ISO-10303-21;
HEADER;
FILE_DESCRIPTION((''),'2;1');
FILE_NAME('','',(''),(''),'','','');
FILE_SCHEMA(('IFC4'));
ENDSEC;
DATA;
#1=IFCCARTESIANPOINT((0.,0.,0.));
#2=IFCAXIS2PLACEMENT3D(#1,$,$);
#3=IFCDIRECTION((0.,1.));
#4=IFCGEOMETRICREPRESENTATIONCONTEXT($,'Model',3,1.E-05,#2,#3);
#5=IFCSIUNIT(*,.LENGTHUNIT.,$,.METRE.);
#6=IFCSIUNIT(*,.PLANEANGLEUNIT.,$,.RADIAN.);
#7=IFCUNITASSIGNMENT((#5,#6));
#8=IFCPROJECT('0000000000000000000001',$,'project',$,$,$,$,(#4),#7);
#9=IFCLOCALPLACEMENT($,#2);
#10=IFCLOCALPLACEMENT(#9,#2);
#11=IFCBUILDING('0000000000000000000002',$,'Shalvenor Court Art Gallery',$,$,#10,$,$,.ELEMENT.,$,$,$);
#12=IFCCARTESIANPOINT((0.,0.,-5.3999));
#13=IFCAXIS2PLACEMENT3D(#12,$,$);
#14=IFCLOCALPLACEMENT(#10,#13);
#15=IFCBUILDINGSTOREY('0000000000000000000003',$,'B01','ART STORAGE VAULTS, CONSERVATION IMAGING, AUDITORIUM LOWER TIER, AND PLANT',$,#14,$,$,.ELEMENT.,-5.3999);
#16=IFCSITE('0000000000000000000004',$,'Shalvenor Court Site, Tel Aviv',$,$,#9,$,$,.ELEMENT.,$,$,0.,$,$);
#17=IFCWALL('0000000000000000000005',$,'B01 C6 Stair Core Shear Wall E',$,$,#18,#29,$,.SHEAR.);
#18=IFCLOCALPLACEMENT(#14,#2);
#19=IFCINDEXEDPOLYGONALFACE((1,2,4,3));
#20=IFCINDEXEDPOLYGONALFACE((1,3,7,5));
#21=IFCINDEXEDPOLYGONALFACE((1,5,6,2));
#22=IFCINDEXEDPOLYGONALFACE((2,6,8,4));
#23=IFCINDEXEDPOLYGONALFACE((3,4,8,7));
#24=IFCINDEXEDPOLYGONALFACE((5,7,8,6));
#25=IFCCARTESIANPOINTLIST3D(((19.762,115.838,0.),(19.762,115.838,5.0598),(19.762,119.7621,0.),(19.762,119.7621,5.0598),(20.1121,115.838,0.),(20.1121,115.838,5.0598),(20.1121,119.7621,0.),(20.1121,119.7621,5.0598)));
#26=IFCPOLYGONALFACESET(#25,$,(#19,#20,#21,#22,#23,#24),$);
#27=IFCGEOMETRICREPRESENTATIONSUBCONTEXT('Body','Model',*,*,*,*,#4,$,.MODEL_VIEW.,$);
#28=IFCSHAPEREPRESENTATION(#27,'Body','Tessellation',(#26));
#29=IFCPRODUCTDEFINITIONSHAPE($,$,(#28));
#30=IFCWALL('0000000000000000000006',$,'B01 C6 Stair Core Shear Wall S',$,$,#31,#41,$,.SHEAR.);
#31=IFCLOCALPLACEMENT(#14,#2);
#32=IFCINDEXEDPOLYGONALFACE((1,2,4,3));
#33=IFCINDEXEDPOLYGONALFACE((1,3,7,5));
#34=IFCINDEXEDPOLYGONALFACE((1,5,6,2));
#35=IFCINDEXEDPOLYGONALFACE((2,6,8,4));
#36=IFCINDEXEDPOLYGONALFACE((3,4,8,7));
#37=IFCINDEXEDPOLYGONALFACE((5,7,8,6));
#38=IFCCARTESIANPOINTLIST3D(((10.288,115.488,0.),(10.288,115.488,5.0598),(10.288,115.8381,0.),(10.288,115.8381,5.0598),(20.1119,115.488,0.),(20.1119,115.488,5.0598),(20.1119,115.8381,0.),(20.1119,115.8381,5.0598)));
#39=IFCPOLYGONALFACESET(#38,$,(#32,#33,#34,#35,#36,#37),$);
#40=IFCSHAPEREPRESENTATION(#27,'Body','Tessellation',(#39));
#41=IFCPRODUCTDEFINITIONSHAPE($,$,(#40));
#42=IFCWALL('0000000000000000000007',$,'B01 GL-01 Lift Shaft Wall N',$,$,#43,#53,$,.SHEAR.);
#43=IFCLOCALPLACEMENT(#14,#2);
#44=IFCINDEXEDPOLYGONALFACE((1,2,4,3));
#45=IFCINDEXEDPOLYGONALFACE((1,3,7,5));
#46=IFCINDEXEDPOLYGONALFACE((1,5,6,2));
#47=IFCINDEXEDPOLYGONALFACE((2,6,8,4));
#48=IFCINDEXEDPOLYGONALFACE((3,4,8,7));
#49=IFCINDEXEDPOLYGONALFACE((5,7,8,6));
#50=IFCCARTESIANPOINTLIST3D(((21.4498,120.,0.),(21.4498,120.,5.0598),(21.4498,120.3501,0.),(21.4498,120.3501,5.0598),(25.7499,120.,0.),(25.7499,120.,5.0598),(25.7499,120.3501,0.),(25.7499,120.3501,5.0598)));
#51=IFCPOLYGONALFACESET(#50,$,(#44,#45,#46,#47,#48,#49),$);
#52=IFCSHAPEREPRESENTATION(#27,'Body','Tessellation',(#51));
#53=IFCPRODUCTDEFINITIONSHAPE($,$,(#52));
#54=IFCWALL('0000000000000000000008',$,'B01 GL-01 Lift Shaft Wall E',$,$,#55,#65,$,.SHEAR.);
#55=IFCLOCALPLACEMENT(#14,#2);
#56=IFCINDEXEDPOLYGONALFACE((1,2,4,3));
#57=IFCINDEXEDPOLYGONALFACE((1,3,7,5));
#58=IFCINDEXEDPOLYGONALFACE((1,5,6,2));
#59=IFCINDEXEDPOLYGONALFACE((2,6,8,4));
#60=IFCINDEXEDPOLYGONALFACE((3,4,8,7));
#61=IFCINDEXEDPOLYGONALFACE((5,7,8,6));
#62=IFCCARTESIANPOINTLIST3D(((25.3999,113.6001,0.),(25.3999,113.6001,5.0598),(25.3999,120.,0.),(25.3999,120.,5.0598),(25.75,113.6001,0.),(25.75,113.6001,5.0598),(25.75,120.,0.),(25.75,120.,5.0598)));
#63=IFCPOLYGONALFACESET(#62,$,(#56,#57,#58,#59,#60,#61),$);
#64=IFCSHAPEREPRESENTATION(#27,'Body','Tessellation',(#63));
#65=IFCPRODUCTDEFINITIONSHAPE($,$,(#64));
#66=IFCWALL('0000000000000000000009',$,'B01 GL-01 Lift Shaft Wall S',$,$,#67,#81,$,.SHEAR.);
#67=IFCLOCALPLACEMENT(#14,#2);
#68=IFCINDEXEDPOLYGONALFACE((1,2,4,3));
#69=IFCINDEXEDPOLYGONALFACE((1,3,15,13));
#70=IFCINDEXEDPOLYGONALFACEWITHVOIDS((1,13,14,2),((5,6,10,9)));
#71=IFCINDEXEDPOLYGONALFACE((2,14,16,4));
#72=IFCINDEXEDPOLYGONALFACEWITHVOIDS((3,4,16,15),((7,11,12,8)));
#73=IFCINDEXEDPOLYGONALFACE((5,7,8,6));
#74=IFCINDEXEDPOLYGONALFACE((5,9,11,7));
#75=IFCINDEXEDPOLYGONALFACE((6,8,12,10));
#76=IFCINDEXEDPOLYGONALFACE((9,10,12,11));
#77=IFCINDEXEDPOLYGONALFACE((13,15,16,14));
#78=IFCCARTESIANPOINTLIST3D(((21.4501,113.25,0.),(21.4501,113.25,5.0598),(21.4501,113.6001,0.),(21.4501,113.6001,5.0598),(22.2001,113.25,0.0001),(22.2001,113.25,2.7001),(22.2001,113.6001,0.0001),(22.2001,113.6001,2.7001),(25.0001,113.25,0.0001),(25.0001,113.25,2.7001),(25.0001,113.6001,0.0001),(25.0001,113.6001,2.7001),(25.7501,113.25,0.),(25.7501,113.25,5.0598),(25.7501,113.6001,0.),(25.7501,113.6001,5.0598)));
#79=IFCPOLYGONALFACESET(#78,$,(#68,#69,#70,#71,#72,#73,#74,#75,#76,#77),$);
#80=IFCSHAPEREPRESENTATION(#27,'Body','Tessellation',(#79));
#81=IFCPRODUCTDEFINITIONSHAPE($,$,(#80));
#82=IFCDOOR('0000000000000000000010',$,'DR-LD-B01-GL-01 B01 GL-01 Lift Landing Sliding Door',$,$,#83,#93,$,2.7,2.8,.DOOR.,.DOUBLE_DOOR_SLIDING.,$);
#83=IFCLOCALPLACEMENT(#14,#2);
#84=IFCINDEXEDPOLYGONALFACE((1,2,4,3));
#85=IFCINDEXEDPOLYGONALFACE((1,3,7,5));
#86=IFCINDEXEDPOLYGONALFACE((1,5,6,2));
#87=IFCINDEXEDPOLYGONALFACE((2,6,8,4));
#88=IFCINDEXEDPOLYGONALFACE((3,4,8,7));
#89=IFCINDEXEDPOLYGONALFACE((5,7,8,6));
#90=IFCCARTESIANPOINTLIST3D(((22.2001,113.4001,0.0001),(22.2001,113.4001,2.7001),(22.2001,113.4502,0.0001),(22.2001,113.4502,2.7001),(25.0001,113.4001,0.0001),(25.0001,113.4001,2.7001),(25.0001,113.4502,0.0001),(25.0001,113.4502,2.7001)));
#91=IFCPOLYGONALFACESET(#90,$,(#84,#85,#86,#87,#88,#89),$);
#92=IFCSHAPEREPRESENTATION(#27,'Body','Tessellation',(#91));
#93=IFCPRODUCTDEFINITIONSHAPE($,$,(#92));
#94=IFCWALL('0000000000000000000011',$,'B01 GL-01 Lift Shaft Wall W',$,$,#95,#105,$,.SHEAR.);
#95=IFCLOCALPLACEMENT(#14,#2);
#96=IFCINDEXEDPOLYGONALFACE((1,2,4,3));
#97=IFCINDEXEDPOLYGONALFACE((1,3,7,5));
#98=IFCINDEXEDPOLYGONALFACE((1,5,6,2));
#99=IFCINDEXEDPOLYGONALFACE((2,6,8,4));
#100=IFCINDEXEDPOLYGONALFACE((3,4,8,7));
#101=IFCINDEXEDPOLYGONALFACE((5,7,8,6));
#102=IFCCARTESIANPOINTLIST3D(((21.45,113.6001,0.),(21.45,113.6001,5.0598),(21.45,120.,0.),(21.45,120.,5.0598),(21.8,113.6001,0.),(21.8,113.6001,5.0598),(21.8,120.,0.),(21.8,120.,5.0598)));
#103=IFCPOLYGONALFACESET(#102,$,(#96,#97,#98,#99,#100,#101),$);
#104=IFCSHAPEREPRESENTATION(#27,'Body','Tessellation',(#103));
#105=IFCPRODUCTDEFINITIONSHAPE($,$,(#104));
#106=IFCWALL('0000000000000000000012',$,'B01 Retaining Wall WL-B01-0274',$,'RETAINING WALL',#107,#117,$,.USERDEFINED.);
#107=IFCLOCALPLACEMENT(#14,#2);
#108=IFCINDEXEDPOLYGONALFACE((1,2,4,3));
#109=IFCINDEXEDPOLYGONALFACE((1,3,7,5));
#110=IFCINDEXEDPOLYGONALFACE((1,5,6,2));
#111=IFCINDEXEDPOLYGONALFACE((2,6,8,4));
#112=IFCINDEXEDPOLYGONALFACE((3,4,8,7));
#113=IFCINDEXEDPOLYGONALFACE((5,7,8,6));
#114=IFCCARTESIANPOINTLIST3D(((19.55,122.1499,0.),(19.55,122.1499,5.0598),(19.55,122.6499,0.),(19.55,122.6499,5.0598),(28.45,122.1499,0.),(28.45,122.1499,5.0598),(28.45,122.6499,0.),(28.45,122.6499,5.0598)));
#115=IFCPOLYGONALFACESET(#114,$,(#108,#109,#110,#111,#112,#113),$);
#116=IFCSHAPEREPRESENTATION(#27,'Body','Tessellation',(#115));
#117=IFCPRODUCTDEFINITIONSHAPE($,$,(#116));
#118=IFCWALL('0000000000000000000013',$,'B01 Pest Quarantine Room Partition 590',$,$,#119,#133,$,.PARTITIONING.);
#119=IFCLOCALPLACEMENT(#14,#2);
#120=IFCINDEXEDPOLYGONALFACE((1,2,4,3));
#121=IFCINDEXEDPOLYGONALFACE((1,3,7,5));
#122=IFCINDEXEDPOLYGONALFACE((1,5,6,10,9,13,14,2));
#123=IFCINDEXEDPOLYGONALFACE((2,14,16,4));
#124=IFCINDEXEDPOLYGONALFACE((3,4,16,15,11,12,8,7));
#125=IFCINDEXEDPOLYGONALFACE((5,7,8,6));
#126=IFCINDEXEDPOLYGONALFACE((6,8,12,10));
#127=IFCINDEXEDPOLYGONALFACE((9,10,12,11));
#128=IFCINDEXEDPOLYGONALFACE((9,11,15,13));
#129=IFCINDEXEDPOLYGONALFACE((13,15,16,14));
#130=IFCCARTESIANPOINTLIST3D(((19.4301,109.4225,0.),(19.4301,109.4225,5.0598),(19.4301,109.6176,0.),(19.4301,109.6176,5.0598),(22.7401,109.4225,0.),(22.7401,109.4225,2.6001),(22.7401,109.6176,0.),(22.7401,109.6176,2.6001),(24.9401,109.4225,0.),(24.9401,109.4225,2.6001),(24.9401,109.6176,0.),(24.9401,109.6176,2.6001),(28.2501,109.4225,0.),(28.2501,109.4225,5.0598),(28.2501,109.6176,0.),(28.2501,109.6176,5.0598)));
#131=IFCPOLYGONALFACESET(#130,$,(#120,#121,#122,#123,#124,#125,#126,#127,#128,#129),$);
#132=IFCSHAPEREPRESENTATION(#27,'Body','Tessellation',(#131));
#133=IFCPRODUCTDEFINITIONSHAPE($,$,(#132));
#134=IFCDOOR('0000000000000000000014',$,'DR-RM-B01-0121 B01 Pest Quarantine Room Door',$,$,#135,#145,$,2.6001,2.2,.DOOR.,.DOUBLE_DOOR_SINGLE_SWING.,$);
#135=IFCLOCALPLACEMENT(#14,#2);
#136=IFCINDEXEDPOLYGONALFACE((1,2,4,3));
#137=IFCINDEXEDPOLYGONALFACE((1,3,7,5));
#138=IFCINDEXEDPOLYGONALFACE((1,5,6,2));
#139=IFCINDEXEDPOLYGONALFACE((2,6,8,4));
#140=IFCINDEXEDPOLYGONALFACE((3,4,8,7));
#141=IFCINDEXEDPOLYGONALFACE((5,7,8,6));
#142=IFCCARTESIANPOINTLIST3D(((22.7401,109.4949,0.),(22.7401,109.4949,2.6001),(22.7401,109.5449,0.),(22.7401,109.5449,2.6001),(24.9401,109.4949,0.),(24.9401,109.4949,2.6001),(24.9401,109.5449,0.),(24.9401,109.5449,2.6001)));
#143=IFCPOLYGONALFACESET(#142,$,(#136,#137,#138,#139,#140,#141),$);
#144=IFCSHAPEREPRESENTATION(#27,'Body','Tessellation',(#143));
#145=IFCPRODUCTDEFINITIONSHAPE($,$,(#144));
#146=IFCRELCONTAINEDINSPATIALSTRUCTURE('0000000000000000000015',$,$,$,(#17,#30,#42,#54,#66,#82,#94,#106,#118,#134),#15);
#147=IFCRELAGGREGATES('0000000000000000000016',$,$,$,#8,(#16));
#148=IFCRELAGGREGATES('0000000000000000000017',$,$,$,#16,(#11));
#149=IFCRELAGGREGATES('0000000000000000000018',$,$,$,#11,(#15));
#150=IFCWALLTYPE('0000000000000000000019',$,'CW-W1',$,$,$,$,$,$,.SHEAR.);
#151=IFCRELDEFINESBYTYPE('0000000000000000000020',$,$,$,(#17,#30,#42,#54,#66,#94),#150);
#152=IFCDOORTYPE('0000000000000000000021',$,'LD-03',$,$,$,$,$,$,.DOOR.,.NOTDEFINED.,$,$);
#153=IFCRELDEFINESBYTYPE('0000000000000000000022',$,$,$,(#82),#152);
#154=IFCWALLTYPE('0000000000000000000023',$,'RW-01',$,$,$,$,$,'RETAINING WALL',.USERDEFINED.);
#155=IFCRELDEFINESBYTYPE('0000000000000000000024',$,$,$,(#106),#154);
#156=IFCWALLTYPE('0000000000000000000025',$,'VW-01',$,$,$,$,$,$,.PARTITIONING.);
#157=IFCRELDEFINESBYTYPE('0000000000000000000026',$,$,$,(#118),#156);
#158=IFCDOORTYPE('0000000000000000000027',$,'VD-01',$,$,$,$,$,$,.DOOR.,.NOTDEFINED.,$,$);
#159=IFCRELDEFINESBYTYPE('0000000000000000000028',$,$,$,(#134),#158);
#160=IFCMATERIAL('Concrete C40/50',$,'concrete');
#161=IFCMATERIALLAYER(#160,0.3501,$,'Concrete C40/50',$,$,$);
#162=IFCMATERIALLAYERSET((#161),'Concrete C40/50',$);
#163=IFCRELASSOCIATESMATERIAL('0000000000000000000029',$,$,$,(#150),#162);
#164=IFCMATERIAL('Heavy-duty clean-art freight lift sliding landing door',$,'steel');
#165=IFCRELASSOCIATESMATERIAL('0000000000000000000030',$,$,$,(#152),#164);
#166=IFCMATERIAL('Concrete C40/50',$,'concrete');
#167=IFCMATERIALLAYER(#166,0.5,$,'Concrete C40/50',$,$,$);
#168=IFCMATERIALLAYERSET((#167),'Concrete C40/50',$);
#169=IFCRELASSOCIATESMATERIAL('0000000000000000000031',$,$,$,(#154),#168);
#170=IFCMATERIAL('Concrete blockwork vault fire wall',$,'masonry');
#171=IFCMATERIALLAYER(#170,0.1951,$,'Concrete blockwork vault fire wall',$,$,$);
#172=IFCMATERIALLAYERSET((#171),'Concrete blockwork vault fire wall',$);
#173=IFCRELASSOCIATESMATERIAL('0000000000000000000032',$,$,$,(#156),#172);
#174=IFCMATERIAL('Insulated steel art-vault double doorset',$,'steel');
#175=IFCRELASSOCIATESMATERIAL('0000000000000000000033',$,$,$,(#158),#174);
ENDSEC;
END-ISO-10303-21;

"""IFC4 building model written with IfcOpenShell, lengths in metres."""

from ifc_helpers import new_model, si_unit, direction, frame, frame_2d, origin, place, context, subcontext, project, spatial, rectangle, extrude, material, layer, layer_set, type_object, element, fill, save


model = new_model("IFC4")

# Units and contexts
model_context = context("Model", 3, precision=1e-05, world=origin(), true_north=direction((0.0, 1.0)))
body_context = subcontext(model_context, "Body", "Model", "MODEL_VIEW")
ifc_project = project(units=[si_unit("LENGTHUNIT", "METRE"), si_unit("PLANEANGLEUNIT", "RADIAN")], contexts=[model_context])

# Site, building, storey
site_placement = place(None, origin())
site = spatial("IfcSite", under=ifc_project, at=site_placement, Name="Shalvenor Court Site, Tel Aviv", CompositionType="ELEMENT", RefElevation=0.0)
building_placement = place(site_placement, origin())
building = spatial("IfcBuilding", under=site, at=building_placement, Name="Shalvenor Court Art Gallery", CompositionType="ELEMENT")
storey_placement = place(building_placement, frame((0.0, 0.0, -5.3999)))
storey = spatial("IfcBuildingStorey", under=building, at=storey_placement, Name="B01", Description="ART STORAGE VAULTS, CONSERVATION IMAGING, AUDITORIUM LOWER TIER, AND PLANT", CompositionType="ELEMENT", Elevation=-5.3999)

# Walls
ifc_material_1 = material(Name="Concrete C40/50", Category="concrete")
ifc_layer_1 = layer(ifc_material_1, 0.3501, Name="Concrete C40/50")
ifc_layer_set_1 = layer_set([ifc_layer_1], Name="Concrete C40/50")
wall_type_1 = type_object("IfcWallType", Name="CW-W1", PredefinedType="SHEAR", material=ifc_layer_set_1)
wall_1_placement = place(storey_placement, frame((19.937, 119.762, 0.0), z_axis=(0.0, 0.0, 1.0), x_axis=(0.0, -1.0, 0.0)))
element("IfcWall", 1, at=wall_1_placement, inside=storey, type_object=wall_type_1, Name="B01 C6 Stair Core Shear Wall E", PredefinedType="SHEAR", context=body_context, shape_type="SweptSolid", body=[
    extrude(rectangle(XDim=3.9241, YDim=0.3501, at=frame_2d((1.9619, 0.0))), origin(), (0.0, 0.0, 1.0), 5.0598),
])
wall_2_placement = place(storey_placement, frame((20.1121, 115.6631, 0.0), z_axis=(0.0, 0.0, 1.0), x_axis=(-1.0, 0.0, 0.0)))
element("IfcWall", 2, at=wall_2_placement, inside=storey, type_object=wall_type_1, Name="B01 C6 Stair Core Shear Wall S", PredefinedType="SHEAR", context=body_context, shape_type="SweptSolid", body=[
    extrude(rectangle(XDim=9.824, YDim=0.3501, at=frame_2d((4.9121, 0.0))), origin(), (0.0, 0.0, 1.0), 5.0598),
])
wall_3_placement = place(storey_placement, frame((21.45, 120.175, 0.0), z_axis=(0.0, 0.0, 1.0), x_axis=(1.0, 0.0, 0.0)))
element("IfcWall", 3, at=wall_3_placement, inside=storey, type_object=wall_type_1, Name="B01 GL-01 Lift Shaft Wall N", PredefinedType="SHEAR", context=body_context, shape_type="SweptSolid", body=[
    extrude(rectangle(XDim=4.3, YDim=0.3501, at=frame_2d((2.1499, 0.0))), origin(), (0.0, 0.0, 1.0), 5.0598),
])
wall_4_placement = place(storey_placement, frame((25.575, 120.0, 0.0), z_axis=(0.0, 0.0, 1.0), x_axis=(0.0, -1.0, 0.0)))
element("IfcWall", 4, at=wall_4_placement, inside=storey, type_object=wall_type_1, Name="B01 GL-01 Lift Shaft Wall E", PredefinedType="SHEAR", context=body_context, shape_type="SweptSolid", body=[
    extrude(rectangle(XDim=6.3999, YDim=0.3501, at=frame_2d((3.2, 0.0))), origin(), (0.0, 0.0, 1.0), 5.0598),
])

# Wall, opening, door
wall_5_placement = place(storey_placement, frame((25.75, 113.425, 0.0), z_axis=(0.0, 0.0, 1.0), x_axis=(-1.0, 0.0, 0.0)))
wall_5 = element("IfcWall", 5, at=wall_5_placement, inside=storey, type_object=wall_type_1, Name="B01 GL-01 Lift Shaft Wall S", PredefinedType="SHEAR", context=body_context, shape_type="SweptSolid", body=[
    extrude(rectangle(XDim=4.3, YDim=0.3501, at=frame_2d((2.1499, 0.0))), origin(), (0.0, 0.0, 1.0), 5.0598),
])
opening_1_placement = place(wall_5_placement, frame((0.75, 0.0, 0.0)))
opening_1 = element("IfcOpeningElement", 6, at=opening_1_placement, cuts=wall_5, PredefinedType="OPENING", context=body_context, shape_type="SweptSolid", body=[
    extrude(rectangle(XDim=2.8, YDim=2.7, at=frame_2d((1.3999, 1.3501))), frame((0.0, 0.1851, 0.0), z_axis=(0.0, -1.0, 0.0), x_axis=(1.0, 0.0, 0.0)), (0.0, 0.0, 1.0), 0.3701),
])
ifc_material_2 = material(Name="Heavy-duty clean-art freight lift sliding landing door", Category="steel")
door_type_1 = type_object("IfcDoorType", Name="LD-03", OperationType="NOTDEFINED", PredefinedType="DOOR", material=ifc_material_2)
door_1_placement = place(opening_1_placement, origin())
door_1 = element("IfcDoor", 7, at=door_1_placement, inside=storey, type_object=door_type_1, Name="DR-LD-B01-GL-01 B01 GL-01 Lift Landing Sliding Door", OperationType="DOUBLE_DOOR_SLIDING", OverallHeight=2.7, OverallWidth=2.8, PredefinedType="DOOR", context=body_context, shape_type="SweptSolid", body=[
    extrude(rectangle(XDim=2.8, YDim=2.7, at=frame_2d((1.3999, 1.3501))), frame((0.0, 0.0249, 0.0), z_axis=(0.0, -1.0, 0.0), x_axis=(1.0, 0.0, 0.0)), (0.0, 0.0, 1.0), 0.05),
])
fill(opening_1, door_1)

# Walls
wall_6_placement = place(storey_placement, frame((21.625, 113.6001, 0.0), z_axis=(0.0, 0.0, 1.0), x_axis=(0.0, 1.0, 0.0)))
element("IfcWall", 8, at=wall_6_placement, inside=storey, type_object=wall_type_1, Name="B01 GL-01 Lift Shaft Wall W", PredefinedType="SHEAR", context=body_context, shape_type="SweptSolid", body=[
    extrude(rectangle(XDim=6.3999, YDim=0.3501, at=frame_2d((3.2, 0.0))), origin(), (0.0, 0.0, 1.0), 5.0598),
])
ifc_material_3 = material(Name="Concrete C40/50", Category="concrete")
ifc_layer_2 = layer(ifc_material_3, 0.5, Name="Concrete C40/50")
ifc_layer_set_2 = layer_set([ifc_layer_2], Name="Concrete C40/50")
wall_type_2 = type_object("IfcWallType", Name="RW-01", ElementType="RETAINING WALL", PredefinedType="USERDEFINED", material=ifc_layer_set_2)
wall_7_placement = place(storey_placement, frame((19.55, 122.3999, 0.0), z_axis=(0.0, 0.0, 1.0), x_axis=(1.0, 0.0, 0.0)))
element("IfcWall", 9, at=wall_7_placement, inside=storey, type_object=wall_type_2, Name="B01 Retaining Wall WL-B01-0274", ObjectType="RETAINING WALL", PredefinedType="USERDEFINED", context=body_context, shape_type="SweptSolid", body=[
    extrude(rectangle(XDim=8.8999, YDim=0.5, at=frame_2d((4.45, 0.0))), origin(), (0.0, 0.0, 1.0), 5.0598),
])

# Wall, opening, door
ifc_material_4 = material(Name="Concrete blockwork vault fire wall", Category="masonry")
ifc_layer_3 = layer(ifc_material_4, 0.1951, Name="Concrete blockwork vault fire wall")
ifc_layer_set_3 = layer_set([ifc_layer_3], Name="Concrete blockwork vault fire wall")
wall_type_3 = type_object("IfcWallType", Name="VW-01", PredefinedType="PARTITIONING", material=ifc_layer_set_3)
wall_8_placement = place(storey_placement, frame((19.4299, 109.52, 0.0), z_axis=(0.0, 0.0, 1.0), x_axis=(1.0, 0.0, 0.0)))
wall_8 = element("IfcWall", 10, at=wall_8_placement, inside=storey, type_object=wall_type_3, Name="B01 Pest Quarantine Room Partition 590", PredefinedType="PARTITIONING", context=body_context, shape_type="SweptSolid", body=[
    extrude(rectangle(XDim=8.8201, YDim=0.1951, at=frame_2d((4.4102, 0.0))), origin(), (0.0, 0.0, 1.0), 5.0598),
])
opening_2_placement = place(wall_8_placement, frame((3.3101, 0.0, 0.0)))
opening_2 = element("IfcOpeningElement", 11, at=opening_2_placement, cuts=wall_8, PredefinedType="OPENING", context=body_context, shape_type="SweptSolid", body=[
    extrude(rectangle(XDim=2.2, YDim=2.6001, at=frame_2d((1.1001, 1.3))), frame((0.0, 0.1074, 0.0), z_axis=(0.0, -1.0, 0.0), x_axis=(1.0, 0.0, 0.0)), (0.0, 0.0, 1.0), 0.2151),
])
ifc_material_5 = material(Name="Insulated steel art-vault double doorset", Category="steel")
door_type_2 = type_object("IfcDoorType", Name="VD-01", OperationType="NOTDEFINED", PredefinedType="DOOR", material=ifc_material_5)
door_2_placement = place(opening_2_placement, origin())
door_2 = element("IfcDoor", 12, at=door_2_placement, inside=storey, type_object=door_type_2, Name="DR-RM-B01-0121 B01 Pest Quarantine Room Door", OperationType="DOUBLE_DOOR_SINGLE_SWING", OverallHeight=2.6001, OverallWidth=2.2, PredefinedType="DOOR", context=body_context, shape_type="SweptSolid", body=[
    extrude(rectangle(XDim=2.2, YDim=2.6001, at=frame_2d((1.1001, 1.3))), frame((0.0, 0.0249, 0.0), z_axis=(0.0, -1.0, 0.0), x_axis=(1.0, 0.0, 0.0)), (0.0, 0.0, 1.0), 0.05),
])
fill(opening_2, door_2)

save(model, "model.ifc")
